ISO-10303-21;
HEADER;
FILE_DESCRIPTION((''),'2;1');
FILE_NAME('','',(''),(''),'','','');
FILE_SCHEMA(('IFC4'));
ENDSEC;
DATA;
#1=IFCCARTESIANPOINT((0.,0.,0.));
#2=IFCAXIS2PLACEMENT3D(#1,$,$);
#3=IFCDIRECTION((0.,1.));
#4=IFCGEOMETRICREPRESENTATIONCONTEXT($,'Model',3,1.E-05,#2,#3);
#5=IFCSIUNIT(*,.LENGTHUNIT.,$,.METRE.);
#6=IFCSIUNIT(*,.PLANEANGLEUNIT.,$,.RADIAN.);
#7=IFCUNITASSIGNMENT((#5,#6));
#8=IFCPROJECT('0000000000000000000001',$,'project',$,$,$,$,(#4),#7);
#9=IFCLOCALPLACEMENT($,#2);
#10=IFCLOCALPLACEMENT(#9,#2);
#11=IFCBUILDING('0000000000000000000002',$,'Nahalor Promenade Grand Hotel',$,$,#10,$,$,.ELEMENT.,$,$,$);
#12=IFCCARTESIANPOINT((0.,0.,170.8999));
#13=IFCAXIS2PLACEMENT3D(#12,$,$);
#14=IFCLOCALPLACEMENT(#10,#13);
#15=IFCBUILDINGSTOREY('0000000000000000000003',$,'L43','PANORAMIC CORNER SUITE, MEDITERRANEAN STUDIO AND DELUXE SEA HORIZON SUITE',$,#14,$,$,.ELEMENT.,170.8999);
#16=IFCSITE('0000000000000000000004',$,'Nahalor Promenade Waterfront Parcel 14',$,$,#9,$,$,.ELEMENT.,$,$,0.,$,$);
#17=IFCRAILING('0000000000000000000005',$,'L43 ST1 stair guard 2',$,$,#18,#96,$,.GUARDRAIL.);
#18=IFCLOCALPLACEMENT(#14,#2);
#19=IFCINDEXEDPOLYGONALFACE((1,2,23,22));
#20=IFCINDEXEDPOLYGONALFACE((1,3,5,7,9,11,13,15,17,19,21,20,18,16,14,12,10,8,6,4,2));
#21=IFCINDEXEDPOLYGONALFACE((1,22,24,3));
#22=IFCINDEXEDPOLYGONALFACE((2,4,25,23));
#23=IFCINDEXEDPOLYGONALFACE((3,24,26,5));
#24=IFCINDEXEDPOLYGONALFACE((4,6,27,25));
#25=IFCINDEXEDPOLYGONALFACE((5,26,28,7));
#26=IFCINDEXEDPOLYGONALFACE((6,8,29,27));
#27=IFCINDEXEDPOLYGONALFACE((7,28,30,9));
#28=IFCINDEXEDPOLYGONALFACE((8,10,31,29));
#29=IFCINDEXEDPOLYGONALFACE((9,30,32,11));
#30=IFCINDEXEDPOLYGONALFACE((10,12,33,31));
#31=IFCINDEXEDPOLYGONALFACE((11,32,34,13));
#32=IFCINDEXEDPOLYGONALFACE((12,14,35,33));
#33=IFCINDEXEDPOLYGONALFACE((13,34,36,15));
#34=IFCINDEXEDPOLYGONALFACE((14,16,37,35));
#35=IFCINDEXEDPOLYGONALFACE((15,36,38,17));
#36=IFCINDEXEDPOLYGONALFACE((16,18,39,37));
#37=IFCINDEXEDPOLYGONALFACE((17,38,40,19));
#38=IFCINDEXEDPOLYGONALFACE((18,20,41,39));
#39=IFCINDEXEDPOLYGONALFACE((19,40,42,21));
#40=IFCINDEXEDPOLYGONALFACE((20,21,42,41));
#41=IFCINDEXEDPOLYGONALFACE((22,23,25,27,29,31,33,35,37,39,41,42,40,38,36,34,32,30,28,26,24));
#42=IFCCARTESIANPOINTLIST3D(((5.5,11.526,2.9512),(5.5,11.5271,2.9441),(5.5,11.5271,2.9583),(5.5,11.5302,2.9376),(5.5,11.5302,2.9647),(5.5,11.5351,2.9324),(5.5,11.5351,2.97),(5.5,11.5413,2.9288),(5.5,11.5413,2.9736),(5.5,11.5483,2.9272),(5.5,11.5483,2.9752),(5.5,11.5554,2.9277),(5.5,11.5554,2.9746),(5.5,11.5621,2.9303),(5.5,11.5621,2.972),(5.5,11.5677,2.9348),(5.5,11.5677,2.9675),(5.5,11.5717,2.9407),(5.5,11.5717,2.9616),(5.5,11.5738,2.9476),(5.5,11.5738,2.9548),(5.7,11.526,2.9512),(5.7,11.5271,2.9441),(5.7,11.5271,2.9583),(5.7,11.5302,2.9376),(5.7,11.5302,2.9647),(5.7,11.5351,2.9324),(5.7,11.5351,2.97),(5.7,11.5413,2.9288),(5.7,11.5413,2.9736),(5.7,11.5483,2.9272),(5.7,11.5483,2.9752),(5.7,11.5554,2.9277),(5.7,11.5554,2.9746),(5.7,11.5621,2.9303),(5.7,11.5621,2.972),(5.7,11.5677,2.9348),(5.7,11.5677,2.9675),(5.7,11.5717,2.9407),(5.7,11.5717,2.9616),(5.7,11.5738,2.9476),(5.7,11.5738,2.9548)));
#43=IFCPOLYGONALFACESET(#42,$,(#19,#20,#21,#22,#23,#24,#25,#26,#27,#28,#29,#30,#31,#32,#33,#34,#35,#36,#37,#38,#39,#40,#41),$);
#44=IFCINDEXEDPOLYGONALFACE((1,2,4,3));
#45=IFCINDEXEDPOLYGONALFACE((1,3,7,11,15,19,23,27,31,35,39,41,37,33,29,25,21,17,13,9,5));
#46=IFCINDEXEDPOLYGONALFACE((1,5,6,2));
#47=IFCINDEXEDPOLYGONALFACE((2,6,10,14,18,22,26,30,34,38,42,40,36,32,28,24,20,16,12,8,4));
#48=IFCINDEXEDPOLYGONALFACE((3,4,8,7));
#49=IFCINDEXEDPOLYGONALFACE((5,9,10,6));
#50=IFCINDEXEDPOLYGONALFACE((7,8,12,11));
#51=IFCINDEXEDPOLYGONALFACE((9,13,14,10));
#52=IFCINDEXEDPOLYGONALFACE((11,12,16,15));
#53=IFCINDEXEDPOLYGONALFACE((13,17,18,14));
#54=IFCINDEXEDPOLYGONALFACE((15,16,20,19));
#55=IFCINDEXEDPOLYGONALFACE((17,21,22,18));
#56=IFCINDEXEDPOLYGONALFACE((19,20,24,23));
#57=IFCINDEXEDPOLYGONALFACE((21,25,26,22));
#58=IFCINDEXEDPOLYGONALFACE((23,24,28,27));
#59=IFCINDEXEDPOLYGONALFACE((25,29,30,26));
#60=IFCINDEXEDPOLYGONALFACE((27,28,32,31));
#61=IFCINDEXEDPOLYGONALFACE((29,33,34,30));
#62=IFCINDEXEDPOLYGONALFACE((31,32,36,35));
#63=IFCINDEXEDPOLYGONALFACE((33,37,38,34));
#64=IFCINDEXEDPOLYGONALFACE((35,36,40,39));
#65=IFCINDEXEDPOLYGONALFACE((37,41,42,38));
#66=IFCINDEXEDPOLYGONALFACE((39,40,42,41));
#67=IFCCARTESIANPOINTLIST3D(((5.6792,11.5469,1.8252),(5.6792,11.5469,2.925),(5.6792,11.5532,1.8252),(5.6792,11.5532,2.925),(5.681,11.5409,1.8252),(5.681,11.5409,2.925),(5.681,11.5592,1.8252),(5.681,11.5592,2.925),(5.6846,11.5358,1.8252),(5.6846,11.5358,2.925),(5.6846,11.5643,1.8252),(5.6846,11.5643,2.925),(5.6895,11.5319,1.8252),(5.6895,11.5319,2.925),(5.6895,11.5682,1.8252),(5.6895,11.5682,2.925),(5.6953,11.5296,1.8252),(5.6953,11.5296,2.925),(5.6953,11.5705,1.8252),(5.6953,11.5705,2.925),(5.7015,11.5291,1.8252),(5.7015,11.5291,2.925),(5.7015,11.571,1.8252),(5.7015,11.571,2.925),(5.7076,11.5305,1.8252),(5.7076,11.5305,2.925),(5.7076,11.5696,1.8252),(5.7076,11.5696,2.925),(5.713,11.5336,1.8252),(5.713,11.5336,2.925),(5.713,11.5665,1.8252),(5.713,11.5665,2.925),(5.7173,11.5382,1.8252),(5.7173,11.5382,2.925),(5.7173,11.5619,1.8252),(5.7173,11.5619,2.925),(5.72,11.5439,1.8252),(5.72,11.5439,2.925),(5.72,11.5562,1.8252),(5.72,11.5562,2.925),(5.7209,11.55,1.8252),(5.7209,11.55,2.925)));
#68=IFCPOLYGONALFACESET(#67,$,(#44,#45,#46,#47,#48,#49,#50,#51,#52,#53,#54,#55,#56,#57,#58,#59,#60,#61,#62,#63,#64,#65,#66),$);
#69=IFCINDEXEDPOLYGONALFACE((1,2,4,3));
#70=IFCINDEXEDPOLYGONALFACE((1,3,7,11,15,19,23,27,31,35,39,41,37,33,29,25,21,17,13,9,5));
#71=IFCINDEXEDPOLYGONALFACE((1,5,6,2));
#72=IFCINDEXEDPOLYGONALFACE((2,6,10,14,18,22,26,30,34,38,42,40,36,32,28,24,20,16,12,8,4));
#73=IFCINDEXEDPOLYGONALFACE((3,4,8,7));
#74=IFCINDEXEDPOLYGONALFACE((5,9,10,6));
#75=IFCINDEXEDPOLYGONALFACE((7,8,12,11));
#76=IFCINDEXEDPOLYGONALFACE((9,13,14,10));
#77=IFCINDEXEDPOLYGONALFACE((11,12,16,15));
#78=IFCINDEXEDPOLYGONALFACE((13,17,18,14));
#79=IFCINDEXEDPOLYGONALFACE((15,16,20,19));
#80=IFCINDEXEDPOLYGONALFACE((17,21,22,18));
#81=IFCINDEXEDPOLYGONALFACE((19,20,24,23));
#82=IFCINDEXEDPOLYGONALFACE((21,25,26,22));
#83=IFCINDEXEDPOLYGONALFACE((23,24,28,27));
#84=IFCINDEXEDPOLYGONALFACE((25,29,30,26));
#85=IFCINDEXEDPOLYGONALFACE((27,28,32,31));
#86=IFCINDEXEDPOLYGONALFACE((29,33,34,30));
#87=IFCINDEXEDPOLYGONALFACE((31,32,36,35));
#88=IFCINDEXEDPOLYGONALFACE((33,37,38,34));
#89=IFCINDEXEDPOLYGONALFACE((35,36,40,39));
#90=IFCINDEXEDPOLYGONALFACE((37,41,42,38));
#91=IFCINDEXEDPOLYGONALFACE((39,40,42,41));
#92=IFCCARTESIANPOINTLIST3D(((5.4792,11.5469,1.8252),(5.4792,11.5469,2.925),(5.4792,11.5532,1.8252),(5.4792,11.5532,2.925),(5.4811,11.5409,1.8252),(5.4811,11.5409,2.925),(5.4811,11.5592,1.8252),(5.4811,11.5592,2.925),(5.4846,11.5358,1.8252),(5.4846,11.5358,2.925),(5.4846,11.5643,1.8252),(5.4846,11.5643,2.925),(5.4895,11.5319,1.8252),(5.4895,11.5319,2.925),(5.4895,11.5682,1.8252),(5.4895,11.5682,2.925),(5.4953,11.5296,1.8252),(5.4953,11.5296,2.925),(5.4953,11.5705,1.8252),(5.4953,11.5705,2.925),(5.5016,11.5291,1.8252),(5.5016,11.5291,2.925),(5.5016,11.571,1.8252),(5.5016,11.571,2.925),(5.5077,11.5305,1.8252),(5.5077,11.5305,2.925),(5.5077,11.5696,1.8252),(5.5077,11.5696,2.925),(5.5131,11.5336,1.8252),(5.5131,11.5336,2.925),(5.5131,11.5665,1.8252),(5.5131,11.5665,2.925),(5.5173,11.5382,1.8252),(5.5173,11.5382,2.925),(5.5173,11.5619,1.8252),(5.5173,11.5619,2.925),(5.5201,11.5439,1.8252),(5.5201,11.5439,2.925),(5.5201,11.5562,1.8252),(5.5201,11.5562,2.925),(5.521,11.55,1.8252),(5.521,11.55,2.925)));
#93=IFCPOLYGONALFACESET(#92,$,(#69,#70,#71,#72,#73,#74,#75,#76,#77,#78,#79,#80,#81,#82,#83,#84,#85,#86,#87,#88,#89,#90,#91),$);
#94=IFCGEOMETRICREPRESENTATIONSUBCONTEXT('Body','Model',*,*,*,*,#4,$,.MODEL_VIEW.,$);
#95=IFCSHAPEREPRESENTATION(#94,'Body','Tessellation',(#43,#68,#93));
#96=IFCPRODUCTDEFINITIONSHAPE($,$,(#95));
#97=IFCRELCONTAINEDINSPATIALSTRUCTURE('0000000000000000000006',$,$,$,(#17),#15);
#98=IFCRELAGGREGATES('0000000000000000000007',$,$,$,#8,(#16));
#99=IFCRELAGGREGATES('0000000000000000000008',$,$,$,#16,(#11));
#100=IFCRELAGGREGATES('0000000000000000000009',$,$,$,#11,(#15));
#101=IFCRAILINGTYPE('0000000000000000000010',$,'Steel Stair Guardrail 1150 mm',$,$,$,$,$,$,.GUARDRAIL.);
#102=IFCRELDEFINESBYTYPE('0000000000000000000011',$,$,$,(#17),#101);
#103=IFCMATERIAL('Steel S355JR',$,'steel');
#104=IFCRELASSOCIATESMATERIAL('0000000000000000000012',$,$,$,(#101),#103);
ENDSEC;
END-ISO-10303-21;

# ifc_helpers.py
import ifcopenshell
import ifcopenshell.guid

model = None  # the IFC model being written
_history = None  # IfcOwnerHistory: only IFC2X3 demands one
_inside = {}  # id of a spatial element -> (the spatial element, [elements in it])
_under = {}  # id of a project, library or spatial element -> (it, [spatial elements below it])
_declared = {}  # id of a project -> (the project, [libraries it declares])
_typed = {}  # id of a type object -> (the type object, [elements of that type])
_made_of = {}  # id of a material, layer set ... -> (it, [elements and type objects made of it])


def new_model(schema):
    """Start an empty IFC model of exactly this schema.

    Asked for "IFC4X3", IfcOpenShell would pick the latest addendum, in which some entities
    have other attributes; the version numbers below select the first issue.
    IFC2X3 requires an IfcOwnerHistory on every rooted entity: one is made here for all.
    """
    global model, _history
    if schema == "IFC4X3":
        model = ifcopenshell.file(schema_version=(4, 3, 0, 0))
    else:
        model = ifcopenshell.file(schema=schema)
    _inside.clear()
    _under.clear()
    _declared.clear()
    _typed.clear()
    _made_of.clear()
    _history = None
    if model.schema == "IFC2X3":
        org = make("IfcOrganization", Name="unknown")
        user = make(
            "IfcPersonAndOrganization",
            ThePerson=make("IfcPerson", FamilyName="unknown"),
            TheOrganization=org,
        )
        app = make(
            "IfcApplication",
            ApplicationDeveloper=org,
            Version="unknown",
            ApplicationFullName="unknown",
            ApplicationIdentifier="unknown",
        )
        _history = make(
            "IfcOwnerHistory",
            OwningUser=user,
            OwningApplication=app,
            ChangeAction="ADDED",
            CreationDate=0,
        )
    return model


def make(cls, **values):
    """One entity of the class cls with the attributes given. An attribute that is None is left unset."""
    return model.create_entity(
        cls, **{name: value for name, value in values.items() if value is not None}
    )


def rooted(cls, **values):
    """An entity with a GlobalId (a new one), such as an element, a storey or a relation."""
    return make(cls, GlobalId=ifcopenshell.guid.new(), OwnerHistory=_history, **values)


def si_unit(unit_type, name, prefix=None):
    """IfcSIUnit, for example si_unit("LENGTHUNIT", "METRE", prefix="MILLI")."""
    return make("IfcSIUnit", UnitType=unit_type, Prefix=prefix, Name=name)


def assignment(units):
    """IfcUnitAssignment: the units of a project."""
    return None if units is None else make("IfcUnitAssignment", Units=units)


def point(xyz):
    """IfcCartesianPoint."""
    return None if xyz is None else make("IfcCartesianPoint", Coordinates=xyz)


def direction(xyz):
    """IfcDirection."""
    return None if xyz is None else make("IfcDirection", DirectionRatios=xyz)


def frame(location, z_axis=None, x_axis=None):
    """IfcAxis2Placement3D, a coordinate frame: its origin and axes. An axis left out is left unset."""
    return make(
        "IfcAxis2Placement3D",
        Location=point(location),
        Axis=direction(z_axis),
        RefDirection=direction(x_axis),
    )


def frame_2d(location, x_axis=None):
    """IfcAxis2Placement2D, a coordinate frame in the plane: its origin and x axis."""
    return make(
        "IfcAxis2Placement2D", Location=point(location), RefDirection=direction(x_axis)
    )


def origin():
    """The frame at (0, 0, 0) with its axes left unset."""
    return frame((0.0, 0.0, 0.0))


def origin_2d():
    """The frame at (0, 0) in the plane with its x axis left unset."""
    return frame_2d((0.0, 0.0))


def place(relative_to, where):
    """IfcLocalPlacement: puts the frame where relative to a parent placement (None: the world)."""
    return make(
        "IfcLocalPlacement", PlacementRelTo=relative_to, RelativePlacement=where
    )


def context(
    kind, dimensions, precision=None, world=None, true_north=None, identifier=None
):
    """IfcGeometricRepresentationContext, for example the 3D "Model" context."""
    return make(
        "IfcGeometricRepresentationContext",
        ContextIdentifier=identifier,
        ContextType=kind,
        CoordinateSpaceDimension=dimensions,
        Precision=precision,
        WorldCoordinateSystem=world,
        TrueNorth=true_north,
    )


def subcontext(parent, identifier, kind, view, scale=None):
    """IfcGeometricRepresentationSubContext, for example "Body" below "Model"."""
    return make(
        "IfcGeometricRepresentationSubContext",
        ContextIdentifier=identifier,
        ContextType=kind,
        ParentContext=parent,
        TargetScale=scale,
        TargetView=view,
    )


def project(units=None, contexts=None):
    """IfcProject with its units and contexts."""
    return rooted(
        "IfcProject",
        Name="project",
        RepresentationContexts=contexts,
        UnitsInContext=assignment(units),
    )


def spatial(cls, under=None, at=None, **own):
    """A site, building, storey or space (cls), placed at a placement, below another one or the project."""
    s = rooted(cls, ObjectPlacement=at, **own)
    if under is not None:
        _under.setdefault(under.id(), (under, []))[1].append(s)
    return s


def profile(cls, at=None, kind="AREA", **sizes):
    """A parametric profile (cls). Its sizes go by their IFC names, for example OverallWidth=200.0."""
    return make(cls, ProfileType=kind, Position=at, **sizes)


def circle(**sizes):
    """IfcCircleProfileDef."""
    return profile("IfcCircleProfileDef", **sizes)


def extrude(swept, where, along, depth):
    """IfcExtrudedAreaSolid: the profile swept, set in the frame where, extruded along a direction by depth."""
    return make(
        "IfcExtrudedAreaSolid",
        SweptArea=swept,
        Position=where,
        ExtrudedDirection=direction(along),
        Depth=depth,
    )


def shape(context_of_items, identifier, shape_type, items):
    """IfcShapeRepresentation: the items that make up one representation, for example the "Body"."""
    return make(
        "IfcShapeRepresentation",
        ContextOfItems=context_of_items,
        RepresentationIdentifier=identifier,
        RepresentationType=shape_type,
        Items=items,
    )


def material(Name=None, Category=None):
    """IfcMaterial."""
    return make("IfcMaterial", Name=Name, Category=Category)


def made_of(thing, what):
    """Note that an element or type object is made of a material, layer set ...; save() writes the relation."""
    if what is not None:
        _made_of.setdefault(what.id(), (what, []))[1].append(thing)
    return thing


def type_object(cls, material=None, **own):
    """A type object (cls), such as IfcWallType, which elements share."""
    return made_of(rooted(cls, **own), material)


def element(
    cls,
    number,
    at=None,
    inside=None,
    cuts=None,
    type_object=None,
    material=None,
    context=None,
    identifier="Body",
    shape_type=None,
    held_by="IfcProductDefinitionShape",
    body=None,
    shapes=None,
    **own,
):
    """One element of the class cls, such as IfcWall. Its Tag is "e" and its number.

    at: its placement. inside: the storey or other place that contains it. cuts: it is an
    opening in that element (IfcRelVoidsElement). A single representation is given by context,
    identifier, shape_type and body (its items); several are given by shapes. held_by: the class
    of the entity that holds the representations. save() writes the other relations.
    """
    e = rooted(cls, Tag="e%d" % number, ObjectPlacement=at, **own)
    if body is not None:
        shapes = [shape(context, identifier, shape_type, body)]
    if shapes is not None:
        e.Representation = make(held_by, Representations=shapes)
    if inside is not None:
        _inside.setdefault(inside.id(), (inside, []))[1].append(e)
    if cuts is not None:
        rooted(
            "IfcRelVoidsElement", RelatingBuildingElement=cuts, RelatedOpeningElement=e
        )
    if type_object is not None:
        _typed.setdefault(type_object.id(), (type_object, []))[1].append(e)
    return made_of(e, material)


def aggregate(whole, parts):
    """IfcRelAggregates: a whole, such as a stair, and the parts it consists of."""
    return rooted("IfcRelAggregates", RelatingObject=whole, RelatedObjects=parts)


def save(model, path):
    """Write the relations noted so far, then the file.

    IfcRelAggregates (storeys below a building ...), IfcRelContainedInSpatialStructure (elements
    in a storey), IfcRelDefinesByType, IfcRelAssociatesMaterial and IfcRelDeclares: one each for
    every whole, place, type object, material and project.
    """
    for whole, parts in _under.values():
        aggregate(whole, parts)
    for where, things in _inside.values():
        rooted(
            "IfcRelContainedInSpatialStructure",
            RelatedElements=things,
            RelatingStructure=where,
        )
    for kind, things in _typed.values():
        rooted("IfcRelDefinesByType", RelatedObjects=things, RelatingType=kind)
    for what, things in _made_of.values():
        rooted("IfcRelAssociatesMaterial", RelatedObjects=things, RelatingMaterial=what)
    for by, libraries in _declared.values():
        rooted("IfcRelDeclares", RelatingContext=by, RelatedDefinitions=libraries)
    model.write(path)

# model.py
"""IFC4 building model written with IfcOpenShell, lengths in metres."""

from ifc_helpers import new_model, si_unit, direction, frame, origin, origin_2d, place, context, subcontext, project, spatial, circle, extrude, material, type_object, element, save


model = new_model("IFC4")

# Units and contexts
model_context = context("Model", 3, precision=1e-05, world=origin(), true_north=direction((0.0, 1.0)))
body_context = subcontext(model_context, "Body", "Model", "MODEL_VIEW")
ifc_project = project(units=[si_unit("LENGTHUNIT", "METRE"), si_unit("PLANEANGLEUNIT", "RADIAN")], contexts=[model_context])

# Site, building, storey
site_placement = place(None, origin())
site = spatial("IfcSite", under=ifc_project, at=site_placement, Name="Nahalor Promenade Waterfront Parcel 14", CompositionType="ELEMENT", RefElevation=0.0)
building_placement = place(site_placement, origin())
building = spatial("IfcBuilding", under=site, at=building_placement, Name="Nahalor Promenade Grand Hotel", CompositionType="ELEMENT")
storey_placement = place(building_placement, frame((0.0, 0.0, 170.8999)))
storey = spatial("IfcBuildingStorey", under=building, at=storey_placement, Name="L43", Description="PANORAMIC CORNER SUITE, MEDITERRANEAN STUDIO AND DELUXE SEA HORIZON SUITE", CompositionType="ELEMENT", Elevation=170.8999)

# Shared definitions
ifc_material_1 = material(Name="Steel S355JR", Category="steel")

# Railing
railing_type_1 = type_object("IfcRailingType", Name="Steel Stair Guardrail 1150 mm", PredefinedType="GUARDRAIL", material=ifc_material_1)
railing_1_placement = place(storey_placement, frame((5.7, 11.55, 1.8252)))
element("IfcRailing", 1, at=railing_1_placement, inside=storey, type_object=railing_type_1, Name="L43 ST1 stair guard 2", PredefinedType="GUARDRAIL", context=body_context, shape_type="SweptSolid", body=[
    extrude(circle(Radius=0.024, at=origin_2d()), frame((0.0, 0.0, 1.126), z_axis=(-1.0, 0.0, 0.0), x_axis=(0.0, -1.0, 0.0)), (0.0, 0.0, 1.0), 0.2),
    extrude(circle(Radius=0.021, at=origin_2d()), origin(), (0.0, 0.0, 1.0), 1.0999),
    extrude(circle(Radius=0.021, at=origin_2d()), frame((-0.2, 0.0, 0.0)), (0.0, 0.0, 1.0), 1.0999),
])

save(model, "model.ifc")
